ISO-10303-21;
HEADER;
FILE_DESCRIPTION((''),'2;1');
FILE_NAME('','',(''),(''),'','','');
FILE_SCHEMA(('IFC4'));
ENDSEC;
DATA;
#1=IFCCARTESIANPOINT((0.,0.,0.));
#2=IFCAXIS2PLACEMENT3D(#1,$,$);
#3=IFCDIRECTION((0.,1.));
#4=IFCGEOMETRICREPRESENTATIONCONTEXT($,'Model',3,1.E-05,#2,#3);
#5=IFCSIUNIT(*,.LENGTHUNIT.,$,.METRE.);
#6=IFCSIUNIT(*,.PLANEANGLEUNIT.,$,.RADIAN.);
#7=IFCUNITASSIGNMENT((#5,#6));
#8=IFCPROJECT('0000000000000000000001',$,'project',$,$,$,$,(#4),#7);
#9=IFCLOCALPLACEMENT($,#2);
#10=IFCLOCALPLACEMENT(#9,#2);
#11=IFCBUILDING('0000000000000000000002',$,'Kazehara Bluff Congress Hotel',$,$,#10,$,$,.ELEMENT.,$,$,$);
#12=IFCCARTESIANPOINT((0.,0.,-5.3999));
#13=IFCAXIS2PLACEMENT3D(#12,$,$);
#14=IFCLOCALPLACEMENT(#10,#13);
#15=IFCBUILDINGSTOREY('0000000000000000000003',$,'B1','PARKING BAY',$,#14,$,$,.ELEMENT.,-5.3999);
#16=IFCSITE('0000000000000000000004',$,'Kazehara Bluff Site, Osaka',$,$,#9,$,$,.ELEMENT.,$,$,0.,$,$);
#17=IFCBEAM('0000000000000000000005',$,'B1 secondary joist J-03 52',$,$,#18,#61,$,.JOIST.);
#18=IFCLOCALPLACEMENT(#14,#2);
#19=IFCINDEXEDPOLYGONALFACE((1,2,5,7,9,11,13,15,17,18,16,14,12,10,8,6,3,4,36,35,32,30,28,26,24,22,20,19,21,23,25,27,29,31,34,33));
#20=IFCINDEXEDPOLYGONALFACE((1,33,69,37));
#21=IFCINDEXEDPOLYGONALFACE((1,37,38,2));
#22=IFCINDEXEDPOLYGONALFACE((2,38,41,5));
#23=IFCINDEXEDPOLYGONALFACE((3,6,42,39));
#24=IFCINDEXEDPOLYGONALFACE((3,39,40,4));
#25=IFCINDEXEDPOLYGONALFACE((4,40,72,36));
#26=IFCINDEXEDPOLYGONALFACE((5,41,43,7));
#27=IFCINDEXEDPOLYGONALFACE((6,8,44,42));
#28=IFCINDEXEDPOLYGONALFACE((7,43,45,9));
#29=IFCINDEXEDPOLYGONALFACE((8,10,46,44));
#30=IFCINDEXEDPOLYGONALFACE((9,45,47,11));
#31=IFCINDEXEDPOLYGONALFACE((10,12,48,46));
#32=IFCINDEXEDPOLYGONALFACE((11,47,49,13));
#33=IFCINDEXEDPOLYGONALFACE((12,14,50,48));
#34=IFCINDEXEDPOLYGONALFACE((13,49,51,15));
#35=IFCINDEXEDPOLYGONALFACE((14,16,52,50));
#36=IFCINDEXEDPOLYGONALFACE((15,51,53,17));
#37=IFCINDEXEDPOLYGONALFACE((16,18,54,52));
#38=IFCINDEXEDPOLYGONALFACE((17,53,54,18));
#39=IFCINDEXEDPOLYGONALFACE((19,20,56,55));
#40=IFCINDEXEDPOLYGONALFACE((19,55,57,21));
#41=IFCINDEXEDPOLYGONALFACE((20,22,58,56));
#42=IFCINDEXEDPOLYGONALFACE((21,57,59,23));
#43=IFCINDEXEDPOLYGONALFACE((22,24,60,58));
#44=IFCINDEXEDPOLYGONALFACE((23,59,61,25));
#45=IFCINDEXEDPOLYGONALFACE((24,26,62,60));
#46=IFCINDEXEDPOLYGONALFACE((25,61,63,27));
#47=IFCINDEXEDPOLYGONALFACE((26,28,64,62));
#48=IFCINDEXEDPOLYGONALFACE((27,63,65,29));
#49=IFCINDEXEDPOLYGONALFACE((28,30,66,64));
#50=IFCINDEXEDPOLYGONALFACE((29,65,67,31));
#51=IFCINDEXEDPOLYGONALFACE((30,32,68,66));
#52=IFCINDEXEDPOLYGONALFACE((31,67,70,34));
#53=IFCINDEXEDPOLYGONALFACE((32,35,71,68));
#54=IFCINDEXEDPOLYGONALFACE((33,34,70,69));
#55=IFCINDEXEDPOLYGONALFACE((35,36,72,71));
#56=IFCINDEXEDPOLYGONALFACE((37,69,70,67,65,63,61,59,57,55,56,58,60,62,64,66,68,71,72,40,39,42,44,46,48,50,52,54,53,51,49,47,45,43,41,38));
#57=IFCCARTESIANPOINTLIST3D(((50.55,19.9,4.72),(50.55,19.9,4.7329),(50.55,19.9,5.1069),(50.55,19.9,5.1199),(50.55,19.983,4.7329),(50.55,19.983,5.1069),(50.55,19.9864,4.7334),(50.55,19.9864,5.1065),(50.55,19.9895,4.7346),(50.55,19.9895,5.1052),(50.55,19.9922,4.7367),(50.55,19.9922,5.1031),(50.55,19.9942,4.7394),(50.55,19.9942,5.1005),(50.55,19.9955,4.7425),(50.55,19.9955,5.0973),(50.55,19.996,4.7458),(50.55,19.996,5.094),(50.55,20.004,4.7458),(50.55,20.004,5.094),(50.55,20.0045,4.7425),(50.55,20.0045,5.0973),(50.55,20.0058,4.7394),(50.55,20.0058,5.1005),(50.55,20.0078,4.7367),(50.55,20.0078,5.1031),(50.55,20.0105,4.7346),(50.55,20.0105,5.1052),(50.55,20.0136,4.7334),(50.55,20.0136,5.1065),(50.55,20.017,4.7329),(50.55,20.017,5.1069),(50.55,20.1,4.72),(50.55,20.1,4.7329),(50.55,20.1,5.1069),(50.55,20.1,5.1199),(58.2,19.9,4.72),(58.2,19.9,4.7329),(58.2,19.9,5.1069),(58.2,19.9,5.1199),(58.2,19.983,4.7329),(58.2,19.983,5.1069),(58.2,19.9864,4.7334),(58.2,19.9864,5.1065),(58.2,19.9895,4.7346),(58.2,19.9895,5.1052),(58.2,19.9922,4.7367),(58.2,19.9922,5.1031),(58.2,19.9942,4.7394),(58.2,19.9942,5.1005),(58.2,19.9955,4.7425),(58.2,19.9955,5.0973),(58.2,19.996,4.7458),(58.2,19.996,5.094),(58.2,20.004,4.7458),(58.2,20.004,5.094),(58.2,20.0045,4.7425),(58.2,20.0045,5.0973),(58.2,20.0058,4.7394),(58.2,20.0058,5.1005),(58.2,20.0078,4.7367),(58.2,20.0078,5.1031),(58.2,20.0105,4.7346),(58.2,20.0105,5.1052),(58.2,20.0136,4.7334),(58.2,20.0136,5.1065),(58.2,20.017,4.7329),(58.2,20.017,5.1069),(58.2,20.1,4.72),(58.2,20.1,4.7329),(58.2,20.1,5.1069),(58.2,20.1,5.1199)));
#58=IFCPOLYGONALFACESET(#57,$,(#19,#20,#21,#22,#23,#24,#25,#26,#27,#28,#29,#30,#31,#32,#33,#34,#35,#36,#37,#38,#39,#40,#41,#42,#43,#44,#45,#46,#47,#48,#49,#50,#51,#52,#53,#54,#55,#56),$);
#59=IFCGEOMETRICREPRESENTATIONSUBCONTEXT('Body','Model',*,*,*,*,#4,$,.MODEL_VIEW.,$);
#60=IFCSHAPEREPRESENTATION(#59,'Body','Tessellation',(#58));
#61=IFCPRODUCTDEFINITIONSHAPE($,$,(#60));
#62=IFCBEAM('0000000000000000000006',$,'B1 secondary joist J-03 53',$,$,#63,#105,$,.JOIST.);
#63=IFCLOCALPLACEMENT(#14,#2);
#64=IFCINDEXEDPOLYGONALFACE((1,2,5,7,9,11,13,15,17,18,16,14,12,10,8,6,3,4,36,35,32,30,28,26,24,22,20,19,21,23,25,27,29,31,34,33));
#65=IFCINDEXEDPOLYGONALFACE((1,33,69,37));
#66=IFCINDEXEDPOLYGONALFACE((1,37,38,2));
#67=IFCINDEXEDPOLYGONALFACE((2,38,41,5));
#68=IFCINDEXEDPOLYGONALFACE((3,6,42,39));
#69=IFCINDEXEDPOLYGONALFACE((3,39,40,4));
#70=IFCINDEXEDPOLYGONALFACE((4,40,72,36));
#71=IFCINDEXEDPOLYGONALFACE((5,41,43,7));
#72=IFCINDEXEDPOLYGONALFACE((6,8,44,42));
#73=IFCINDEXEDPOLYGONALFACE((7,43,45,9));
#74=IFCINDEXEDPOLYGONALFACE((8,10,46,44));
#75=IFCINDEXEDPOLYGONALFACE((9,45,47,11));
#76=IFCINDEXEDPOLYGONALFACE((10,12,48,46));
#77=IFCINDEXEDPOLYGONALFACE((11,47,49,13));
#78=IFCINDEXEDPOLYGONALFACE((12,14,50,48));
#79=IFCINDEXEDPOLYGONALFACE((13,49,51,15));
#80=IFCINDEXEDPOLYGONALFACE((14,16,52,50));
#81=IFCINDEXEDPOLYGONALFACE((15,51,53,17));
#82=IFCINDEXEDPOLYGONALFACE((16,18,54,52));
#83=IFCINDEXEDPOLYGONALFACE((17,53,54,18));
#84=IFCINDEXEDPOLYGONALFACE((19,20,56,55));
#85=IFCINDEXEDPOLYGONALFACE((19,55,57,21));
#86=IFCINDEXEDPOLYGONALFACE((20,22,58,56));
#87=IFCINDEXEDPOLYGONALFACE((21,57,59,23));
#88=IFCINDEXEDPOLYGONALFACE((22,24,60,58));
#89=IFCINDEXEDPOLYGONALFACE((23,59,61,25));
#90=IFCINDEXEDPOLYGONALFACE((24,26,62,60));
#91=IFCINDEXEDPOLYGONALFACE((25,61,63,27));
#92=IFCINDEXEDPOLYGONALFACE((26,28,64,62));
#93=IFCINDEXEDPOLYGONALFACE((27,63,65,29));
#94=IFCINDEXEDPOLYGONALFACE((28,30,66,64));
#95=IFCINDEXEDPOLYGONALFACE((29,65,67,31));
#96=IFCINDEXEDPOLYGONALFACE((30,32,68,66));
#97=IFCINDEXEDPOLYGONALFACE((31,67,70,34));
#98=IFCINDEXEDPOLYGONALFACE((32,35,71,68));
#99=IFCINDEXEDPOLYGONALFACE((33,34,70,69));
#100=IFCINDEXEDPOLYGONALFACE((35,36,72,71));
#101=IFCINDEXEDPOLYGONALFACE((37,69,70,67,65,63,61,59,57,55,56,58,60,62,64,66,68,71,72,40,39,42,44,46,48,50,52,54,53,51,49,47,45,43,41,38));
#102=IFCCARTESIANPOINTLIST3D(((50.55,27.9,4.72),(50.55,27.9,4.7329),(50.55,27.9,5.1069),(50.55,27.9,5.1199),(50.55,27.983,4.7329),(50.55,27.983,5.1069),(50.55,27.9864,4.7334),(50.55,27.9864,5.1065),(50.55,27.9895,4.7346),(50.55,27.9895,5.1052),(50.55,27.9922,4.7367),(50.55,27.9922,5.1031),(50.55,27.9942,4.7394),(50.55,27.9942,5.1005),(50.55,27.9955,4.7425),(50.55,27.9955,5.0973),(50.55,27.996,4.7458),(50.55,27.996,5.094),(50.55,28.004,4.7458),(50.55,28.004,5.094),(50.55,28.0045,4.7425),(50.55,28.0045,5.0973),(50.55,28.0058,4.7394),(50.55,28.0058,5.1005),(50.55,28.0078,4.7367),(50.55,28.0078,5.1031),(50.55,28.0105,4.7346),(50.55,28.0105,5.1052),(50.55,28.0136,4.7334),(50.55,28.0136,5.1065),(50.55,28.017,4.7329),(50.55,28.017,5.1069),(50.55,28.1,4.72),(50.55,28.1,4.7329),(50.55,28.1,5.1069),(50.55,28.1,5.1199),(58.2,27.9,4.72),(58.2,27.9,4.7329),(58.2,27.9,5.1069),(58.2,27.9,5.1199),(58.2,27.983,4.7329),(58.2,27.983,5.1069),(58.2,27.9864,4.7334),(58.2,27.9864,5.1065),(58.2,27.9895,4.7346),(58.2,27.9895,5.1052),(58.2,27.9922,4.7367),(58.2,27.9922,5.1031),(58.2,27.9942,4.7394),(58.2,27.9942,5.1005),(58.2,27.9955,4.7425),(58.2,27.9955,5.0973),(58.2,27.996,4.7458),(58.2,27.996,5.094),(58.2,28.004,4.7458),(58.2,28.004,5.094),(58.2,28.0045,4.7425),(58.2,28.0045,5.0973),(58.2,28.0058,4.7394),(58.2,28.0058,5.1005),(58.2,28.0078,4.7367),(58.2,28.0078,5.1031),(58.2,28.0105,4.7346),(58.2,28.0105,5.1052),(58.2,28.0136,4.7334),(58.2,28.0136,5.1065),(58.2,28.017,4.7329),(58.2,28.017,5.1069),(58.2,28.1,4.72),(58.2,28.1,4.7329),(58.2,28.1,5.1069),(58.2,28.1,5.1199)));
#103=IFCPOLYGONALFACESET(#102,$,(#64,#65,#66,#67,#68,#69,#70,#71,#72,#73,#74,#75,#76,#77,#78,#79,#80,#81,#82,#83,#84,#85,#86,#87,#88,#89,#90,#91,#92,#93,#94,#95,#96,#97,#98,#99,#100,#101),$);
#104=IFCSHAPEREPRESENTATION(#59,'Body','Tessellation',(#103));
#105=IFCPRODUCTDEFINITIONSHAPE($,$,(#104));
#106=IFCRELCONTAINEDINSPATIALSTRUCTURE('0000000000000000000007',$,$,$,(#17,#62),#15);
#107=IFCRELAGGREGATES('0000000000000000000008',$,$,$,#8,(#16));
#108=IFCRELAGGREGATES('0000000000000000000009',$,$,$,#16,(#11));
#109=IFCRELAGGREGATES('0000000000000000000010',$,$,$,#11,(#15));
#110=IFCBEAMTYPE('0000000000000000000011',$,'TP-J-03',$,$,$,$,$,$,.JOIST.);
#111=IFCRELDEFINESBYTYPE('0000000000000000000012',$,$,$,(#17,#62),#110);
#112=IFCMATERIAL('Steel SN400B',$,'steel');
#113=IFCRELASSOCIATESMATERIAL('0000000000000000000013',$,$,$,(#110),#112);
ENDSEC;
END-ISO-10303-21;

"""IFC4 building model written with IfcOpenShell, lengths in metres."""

from ifc_helpers import new_model, si_unit, direction, frame, origin, origin_2d, place, context, subcontext, project, spatial, i_section, extrude, material, material_profile, profile_set, type_object, element, save


model = new_model("IFC4")

# Units and contexts
model_context = context("Model", 3, precision=1e-05, world=origin(), true_north=direction((0.0, 1.0)))
body_context = subcontext(model_context, "Body", "Model", "MODEL_VIEW")
ifc_project = project(units=[si_unit("LENGTHUNIT", "METRE"), si_unit("PLANEANGLEUNIT", "RADIAN")], contexts=[model_context])

# Site, building, storey
site_placement = place(None, origin())
site = spatial("IfcSite", under=ifc_project, at=site_placement, Name="Kazehara Bluff Site, Osaka", CompositionType="ELEMENT", RefElevation=0.0)
building_placement = place(site_placement, origin())
building = spatial("IfcBuilding", under=site, at=building_placement, Name="Kazehara Bluff Congress Hotel", CompositionType="ELEMENT")
storey_placement = place(building_placement, frame((0.0, 0.0, -5.3999)))
storey = spatial("IfcBuildingStorey", under=building, at=storey_placement, Name="B1", Description="PARKING BAY", CompositionType="ELEMENT", Elevation=-5.3999)

# Beams
ifc_material_1 = material(Name="Steel SN400B", Category="steel")
ifc_material_profile_1 = material_profile(ifc_material_1, i_section(OverallWidth=0.2, OverallDepth=0.3999, WebThickness=0.0081, FlangeThickness=0.0129, FilletRadius=0.0129, at=origin_2d()))
ifc_profile_set_1 = profile_set([ifc_material_profile_1], Name="Steel SN400B")
beam_type_1 = type_object("IfcBeamType", Name="TP-J-03", PredefinedType="JOIST", material=ifc_profile_set_1)
for number, where, z_axis, x_axis, name in (
    (1, (50.55, 20.0, 4.9199), (1.0, 0.0, 0.0), (0.0, 1.0, 0.0), "B1 secondary joist J-03 52"),
    (2, (50.55, 28.0, 4.9199), (1.0, 0.0, 0.0), (0.0, 1.0, 0.0), "B1 secondary joist J-03 53"),
):
    element("IfcBeam", number, at=place(storey_placement, frame(where, z_axis=z_axis, x_axis=x_axis)), inside=storey, type_object=beam_type_1, Name=name, PredefinedType="JOIST", context=body_context, shape_type="SweptSolid", body=[
        extrude(i_section(OverallWidth=0.2, OverallDepth=0.3999, WebThickness=0.0081, FlangeThickness=0.0129, FilletRadius=0.0129, at=origin_2d()), origin(), (0.0, 0.0, 1.0), 7.6499),
    ])

save(model, "model.ifc")
